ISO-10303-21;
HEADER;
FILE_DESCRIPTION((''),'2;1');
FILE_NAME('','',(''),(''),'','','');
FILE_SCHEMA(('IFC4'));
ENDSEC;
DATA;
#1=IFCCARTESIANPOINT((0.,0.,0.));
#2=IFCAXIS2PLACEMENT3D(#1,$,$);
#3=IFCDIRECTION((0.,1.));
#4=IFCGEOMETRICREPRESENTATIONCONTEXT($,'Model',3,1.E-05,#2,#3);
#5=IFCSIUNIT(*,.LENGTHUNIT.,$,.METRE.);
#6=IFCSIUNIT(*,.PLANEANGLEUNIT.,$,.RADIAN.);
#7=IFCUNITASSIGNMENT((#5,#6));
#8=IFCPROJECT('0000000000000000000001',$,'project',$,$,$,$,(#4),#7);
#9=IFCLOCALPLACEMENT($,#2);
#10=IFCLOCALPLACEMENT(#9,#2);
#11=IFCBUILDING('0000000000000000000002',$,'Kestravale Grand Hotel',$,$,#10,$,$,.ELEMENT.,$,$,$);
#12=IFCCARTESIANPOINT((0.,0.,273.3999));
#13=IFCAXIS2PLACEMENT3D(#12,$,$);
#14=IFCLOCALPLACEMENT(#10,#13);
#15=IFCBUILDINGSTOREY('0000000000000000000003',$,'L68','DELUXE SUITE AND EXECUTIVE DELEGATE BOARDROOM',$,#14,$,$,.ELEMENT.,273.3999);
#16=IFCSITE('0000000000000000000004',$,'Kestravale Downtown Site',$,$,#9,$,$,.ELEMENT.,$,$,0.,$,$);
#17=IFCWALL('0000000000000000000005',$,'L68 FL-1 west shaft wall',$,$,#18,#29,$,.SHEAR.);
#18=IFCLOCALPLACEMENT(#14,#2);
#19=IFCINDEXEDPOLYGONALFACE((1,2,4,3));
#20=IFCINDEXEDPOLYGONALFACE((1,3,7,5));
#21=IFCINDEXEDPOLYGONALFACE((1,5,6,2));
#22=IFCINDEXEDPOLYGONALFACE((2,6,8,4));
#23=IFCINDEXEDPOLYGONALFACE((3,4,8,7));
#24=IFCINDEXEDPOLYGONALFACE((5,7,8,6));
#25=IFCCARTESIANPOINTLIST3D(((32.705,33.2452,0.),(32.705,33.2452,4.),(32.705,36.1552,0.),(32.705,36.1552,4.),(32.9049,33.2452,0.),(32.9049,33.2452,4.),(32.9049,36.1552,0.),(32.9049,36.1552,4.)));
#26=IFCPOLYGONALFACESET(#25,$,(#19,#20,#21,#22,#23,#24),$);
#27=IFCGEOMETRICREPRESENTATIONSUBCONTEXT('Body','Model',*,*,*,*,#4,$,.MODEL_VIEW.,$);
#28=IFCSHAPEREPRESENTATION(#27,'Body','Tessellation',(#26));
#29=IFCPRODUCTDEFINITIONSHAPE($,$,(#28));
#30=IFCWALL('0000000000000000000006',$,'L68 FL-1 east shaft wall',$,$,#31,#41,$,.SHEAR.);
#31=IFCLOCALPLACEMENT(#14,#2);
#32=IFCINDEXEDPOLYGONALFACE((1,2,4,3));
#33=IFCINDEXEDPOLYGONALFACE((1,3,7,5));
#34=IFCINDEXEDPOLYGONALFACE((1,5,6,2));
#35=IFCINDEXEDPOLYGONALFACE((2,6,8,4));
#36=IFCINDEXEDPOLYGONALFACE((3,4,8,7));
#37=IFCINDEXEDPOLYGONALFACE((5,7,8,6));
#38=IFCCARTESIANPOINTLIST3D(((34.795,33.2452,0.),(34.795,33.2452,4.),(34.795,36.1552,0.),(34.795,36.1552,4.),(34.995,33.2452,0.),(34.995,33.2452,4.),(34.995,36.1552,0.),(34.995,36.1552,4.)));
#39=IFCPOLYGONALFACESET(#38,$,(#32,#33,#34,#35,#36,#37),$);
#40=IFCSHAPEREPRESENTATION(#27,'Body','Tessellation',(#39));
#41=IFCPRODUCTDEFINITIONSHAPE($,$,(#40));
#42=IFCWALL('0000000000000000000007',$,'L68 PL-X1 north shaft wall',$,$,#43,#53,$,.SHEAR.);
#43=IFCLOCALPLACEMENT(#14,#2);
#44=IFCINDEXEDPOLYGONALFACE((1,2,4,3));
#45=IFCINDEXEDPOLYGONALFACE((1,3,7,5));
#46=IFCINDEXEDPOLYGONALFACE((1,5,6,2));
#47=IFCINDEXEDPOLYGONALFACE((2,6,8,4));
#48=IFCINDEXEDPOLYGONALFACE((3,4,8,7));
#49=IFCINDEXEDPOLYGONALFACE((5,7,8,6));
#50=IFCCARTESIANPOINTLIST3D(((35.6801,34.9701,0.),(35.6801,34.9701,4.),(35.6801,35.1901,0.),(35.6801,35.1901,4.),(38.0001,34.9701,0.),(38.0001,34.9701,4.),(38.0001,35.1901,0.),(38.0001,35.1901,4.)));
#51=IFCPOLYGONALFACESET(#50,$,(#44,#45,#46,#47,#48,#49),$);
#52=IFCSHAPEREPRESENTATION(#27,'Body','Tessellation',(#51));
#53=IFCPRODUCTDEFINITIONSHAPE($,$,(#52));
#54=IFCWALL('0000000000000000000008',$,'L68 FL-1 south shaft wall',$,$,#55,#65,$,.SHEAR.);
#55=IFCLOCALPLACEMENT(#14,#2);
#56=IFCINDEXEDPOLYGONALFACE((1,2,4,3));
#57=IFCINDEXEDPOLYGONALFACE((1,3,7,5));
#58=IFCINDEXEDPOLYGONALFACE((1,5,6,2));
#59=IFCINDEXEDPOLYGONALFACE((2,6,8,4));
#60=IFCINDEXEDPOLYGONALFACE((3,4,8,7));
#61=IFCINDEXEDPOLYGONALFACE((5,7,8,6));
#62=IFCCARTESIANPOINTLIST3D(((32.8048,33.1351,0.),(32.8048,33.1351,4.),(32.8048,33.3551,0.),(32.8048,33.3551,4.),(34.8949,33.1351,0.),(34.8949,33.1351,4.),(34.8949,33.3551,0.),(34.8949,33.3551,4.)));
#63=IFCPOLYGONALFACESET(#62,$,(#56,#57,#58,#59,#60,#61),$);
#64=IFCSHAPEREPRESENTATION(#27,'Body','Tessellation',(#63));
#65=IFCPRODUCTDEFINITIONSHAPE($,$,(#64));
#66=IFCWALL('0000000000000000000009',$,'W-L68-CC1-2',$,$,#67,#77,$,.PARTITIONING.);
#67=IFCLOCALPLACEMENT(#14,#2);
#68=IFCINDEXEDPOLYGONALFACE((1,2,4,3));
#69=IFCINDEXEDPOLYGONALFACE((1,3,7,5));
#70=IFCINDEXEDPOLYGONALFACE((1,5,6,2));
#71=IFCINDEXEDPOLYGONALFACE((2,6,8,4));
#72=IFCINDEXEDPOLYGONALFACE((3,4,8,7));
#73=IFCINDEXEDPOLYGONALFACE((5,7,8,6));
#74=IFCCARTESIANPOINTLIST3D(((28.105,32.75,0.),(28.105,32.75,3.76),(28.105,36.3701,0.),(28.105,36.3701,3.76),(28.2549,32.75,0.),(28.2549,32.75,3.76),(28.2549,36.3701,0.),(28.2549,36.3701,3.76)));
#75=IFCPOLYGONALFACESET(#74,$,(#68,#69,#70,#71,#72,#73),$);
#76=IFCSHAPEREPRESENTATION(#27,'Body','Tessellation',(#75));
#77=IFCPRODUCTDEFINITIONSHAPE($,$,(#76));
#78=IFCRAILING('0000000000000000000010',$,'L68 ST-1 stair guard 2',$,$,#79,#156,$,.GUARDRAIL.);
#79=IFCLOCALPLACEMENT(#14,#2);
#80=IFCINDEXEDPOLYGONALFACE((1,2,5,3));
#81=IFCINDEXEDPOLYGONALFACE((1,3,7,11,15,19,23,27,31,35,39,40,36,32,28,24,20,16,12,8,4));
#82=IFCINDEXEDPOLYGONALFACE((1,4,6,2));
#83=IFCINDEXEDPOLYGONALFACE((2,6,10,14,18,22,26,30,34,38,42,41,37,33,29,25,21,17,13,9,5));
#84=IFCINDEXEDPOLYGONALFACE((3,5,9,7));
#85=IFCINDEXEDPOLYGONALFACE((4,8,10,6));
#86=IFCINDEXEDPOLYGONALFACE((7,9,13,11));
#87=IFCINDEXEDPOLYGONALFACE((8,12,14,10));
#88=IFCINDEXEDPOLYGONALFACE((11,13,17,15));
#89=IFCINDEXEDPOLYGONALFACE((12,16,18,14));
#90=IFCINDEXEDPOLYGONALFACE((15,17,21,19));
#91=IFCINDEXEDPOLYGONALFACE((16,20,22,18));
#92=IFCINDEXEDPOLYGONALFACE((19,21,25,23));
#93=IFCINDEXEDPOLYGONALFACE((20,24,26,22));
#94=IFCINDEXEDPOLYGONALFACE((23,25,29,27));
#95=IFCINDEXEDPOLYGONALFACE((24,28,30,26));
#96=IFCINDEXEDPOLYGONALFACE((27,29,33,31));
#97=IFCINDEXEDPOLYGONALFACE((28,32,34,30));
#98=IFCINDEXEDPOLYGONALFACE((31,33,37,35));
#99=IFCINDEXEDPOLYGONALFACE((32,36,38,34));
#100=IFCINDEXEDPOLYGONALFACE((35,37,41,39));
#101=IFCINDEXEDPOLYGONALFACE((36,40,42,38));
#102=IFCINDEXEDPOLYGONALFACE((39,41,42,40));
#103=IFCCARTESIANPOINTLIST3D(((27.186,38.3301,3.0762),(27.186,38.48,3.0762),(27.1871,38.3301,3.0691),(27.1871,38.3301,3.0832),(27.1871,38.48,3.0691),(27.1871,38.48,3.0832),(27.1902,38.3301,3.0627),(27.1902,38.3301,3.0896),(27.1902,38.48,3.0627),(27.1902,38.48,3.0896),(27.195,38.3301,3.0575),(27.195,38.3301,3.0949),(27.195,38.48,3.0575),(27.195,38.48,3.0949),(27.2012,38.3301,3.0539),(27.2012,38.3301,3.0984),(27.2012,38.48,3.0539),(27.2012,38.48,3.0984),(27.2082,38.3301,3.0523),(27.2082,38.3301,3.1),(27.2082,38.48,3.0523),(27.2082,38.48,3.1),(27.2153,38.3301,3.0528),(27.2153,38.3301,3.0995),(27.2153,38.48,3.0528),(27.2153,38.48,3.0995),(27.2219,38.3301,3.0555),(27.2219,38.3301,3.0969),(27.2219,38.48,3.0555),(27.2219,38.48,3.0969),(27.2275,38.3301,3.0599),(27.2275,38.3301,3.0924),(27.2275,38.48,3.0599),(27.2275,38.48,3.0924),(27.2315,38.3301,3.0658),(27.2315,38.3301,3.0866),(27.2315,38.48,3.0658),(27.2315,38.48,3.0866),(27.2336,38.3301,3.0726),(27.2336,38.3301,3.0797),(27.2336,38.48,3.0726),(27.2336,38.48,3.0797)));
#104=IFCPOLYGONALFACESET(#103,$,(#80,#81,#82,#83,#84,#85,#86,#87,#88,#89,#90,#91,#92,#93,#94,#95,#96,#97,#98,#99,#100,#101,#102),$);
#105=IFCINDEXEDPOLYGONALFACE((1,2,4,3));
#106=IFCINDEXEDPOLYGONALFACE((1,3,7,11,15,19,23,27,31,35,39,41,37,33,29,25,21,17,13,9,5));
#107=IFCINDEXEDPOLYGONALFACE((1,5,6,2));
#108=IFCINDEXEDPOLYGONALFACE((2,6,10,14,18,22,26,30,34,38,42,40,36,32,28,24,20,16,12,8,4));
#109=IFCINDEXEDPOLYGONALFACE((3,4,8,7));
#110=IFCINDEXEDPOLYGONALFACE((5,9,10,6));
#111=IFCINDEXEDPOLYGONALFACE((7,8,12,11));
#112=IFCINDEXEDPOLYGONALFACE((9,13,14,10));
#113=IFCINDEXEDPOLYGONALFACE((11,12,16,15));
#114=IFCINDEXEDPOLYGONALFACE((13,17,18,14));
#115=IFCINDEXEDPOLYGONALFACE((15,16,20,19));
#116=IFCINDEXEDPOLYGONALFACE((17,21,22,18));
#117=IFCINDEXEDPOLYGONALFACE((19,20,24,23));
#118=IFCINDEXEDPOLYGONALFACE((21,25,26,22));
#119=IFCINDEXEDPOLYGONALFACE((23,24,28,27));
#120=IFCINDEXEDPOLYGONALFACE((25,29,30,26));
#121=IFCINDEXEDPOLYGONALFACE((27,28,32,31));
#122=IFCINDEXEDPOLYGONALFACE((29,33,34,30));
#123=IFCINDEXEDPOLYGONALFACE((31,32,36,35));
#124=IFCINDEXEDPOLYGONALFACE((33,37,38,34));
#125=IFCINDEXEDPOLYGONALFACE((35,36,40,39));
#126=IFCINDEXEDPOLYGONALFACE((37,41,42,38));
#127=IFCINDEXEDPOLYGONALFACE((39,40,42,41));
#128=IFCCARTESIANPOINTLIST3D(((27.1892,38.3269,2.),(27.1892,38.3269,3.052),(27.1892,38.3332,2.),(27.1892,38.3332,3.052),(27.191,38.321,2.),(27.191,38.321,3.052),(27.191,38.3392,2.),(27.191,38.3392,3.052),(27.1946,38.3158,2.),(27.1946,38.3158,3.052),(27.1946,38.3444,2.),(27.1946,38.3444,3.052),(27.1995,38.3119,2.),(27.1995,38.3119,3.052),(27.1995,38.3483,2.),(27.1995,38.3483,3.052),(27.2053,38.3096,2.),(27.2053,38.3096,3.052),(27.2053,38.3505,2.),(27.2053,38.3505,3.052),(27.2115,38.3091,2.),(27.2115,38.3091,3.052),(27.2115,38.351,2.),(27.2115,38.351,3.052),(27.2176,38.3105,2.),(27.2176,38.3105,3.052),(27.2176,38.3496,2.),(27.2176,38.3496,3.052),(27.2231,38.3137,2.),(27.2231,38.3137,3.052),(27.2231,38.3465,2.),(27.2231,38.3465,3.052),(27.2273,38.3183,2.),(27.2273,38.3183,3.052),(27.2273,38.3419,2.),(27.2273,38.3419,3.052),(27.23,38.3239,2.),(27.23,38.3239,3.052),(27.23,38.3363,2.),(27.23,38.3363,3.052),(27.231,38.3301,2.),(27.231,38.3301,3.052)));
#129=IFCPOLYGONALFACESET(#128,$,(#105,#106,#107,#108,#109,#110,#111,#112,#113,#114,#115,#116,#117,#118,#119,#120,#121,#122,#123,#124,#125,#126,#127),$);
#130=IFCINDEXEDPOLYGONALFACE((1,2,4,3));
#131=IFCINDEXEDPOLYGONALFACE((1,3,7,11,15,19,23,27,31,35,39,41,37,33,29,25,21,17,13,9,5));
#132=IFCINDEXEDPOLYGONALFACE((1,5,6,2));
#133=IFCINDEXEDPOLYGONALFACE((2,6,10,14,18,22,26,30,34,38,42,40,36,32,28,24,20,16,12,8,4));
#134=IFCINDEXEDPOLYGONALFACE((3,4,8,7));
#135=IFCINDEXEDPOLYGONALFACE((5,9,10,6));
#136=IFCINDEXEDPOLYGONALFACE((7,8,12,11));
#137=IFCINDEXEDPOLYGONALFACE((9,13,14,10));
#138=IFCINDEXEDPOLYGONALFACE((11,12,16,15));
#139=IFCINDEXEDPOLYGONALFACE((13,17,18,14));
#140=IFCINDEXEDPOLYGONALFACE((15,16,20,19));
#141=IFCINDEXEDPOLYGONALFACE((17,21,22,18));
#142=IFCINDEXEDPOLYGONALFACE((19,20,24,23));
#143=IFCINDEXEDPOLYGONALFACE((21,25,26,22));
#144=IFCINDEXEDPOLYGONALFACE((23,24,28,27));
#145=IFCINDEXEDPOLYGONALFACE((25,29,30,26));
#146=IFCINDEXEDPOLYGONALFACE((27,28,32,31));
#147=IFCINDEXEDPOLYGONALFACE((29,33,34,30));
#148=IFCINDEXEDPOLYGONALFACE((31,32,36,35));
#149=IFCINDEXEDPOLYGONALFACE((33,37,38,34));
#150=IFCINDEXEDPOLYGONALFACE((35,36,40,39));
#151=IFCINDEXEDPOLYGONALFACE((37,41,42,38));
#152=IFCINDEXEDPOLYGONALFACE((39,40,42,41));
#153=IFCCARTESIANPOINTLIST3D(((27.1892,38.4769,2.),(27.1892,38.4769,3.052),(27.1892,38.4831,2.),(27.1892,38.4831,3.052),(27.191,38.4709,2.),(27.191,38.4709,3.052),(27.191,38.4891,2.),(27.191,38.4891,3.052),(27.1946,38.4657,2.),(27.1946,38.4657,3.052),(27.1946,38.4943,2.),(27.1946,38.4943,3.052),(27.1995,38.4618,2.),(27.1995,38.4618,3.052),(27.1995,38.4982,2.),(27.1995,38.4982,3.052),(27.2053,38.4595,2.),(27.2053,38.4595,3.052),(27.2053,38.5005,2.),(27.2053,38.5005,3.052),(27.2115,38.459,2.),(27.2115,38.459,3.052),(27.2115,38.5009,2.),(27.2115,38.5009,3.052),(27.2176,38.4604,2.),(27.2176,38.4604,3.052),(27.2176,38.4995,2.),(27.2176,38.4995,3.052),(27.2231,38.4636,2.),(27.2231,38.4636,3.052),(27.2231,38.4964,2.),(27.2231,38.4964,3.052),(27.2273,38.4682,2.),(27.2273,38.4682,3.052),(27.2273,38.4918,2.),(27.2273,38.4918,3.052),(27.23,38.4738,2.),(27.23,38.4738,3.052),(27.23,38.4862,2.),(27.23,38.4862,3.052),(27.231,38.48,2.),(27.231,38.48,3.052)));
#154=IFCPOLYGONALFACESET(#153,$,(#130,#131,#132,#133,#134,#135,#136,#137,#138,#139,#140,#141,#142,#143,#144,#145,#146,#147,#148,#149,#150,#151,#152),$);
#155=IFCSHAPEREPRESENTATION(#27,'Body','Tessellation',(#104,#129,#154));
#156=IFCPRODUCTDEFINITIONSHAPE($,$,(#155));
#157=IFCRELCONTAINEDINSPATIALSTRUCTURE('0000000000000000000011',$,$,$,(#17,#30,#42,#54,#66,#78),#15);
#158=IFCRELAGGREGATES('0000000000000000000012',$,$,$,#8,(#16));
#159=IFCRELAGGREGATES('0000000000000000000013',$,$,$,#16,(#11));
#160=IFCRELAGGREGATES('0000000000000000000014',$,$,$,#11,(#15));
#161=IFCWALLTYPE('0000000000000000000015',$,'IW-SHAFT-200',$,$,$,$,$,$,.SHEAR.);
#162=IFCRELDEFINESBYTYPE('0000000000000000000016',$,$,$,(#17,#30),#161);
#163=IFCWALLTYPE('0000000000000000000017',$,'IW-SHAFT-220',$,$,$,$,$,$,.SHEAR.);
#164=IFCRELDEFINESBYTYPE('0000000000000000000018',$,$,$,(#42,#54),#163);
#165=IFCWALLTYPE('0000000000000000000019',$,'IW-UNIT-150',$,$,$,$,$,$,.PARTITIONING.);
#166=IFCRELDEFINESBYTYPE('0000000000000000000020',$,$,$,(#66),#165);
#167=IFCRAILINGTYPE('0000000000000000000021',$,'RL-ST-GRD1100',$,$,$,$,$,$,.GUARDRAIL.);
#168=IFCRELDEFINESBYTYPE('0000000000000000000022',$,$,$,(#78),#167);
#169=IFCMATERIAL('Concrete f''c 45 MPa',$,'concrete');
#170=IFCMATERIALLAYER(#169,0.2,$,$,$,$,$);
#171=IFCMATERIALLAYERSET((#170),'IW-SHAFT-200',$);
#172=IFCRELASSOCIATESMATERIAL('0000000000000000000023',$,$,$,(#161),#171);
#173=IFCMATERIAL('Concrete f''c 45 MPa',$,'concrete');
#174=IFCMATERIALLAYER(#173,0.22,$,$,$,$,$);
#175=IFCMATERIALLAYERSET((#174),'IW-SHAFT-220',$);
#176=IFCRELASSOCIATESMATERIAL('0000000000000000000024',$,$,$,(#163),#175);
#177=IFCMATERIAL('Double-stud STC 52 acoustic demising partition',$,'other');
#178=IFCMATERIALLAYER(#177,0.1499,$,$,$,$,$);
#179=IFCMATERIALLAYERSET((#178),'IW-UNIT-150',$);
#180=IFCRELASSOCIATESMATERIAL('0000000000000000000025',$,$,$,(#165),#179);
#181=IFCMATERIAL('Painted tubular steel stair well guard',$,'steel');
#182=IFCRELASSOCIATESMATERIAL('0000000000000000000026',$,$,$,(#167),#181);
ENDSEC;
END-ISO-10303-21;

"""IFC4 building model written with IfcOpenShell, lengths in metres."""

from ifc_helpers import new_model, si_unit, direction, frame, frame_2d, origin, origin_2d, place, context, subcontext, project, spatial, rectangle, circle, extrude, material, layer, layer_set, type_object, element, save


model = new_model("IFC4")

# Units and contexts
model_context = context("Model", 3, precision=1e-05, world=origin(), true_north=direction((0.0, 1.0)))
body_context = subcontext(model_context, "Body", "Model", "MODEL_VIEW")
ifc_project = project(units=[si_unit("LENGTHUNIT", "METRE"), si_unit("PLANEANGLEUNIT", "RADIAN")], contexts=[model_context])

# Site, building, storey
site_placement = place(None, origin())
site = spatial("IfcSite", under=ifc_project, at=site_placement, Name="Kestravale Downtown Site", CompositionType="ELEMENT", RefElevation=0.0)
building_placement = place(site_placement, origin())
building = spatial("IfcBuilding", under=site, at=building_placement, Name="Kestravale Grand Hotel", CompositionType="ELEMENT")
storey_placement = place(building_placement, frame((0.0, 0.0, 273.3999)))
storey = spatial("IfcBuildingStorey", under=building, at=storey_placement, Name="L68", Description="DELUXE SUITE AND EXECUTIVE DELEGATE BOARDROOM", CompositionType="ELEMENT", Elevation=273.3999)

# Walls
ifc_material_1 = material(Name="Concrete f'c 45 MPa", Category="concrete")
ifc_layer_1 = layer(ifc_material_1, 0.2)
ifc_layer_set_1 = layer_set([ifc_layer_1], Name="IW-SHAFT-200")
wall_type_1 = type_object("IfcWallType", Name="IW-SHAFT-200", PredefinedType="SHEAR", material=ifc_layer_set_1)
for number, where, z_axis, x_axis, name in (
    (1, (32.8049, 33.2451, 0.0), (0.0, 0.0, 1.0), (0.0, 1.0, 0.0), "L68 FL-1 west shaft wall"),
    (2, (34.895, 33.2451, 0.0), (0.0, 0.0, 1.0), (0.0, 1.0, 0.0), "L68 FL-1 east shaft wall"),
):
    element("IfcWall", number, at=place(storey_placement, frame(where, z_axis=z_axis, x_axis=x_axis)), inside=storey, type_object=wall_type_1, Name=name, PredefinedType="SHEAR", context=body_context, shape_type="SweptSolid", body=[
        extrude(rectangle(XDim=2.9099, YDim=0.2, at=frame_2d((1.4551, 0.0))), origin(), (0.0, 0.0, 1.0), 4.0),
    ])
ifc_material_2 = material(Name="Concrete f'c 45 MPa", Category="concrete")
ifc_layer_2 = layer(ifc_material_2, 0.22)
ifc_layer_set_2 = layer_set([ifc_layer_2], Name="IW-SHAFT-220")
wall_type_2 = type_object("IfcWallType", Name="IW-SHAFT-220", PredefinedType="SHEAR", material=ifc_layer_set_2)
wall_1_placement = place(storey_placement, frame((35.6799, 35.0801, 0.0), z_axis=(0.0, 0.0, 1.0), x_axis=(1.0, 0.0, 0.0)))
element("IfcWall", 3, at=wall_1_placement, inside=storey, type_object=wall_type_2, Name="L68 PL-X1 north shaft wall", PredefinedType="SHEAR", context=body_context, shape_type="SweptSolid", body=[
    extrude(rectangle(XDim=2.3201, YDim=0.22, at=frame_2d((1.1602, 0.0))), origin(), (0.0, 0.0, 1.0), 4.0),
])

# Walls
wall_2_placement = place(storey_placement, frame((32.8049, 33.2451, 0.0), z_axis=(0.0, 0.0, 1.0), x_axis=(1.0, 0.0, 0.0)))
element("IfcWall", 4, at=wall_2_placement, inside=storey, type_object=wall_type_2, Name="L68 FL-1 south shaft wall", PredefinedType="SHEAR", context=body_context, shape_type="SweptSolid", body=[
    extrude(rectangle(XDim=2.0901, YDim=0.22, at=frame_2d((1.0449, 0.0))), origin(), (0.0, 0.0, 1.0), 4.0),
])
ifc_material_3 = material(Name="Double-stud STC 52 acoustic demising partition", Category="other")
ifc_layer_3 = layer(ifc_material_3, 0.1499)
ifc_layer_set_3 = layer_set([ifc_layer_3], Name="IW-UNIT-150")
wall_type_3 = type_object("IfcWallType", Name="IW-UNIT-150", PredefinedType="PARTITIONING", material=ifc_layer_set_3)
wall_3_placement = place(storey_placement, frame((28.1799, 32.75, 0.0), z_axis=(0.0, 0.0, 1.0), x_axis=(0.0, 1.0, 0.0)))
element("IfcWall", 5, at=wall_3_placement, inside=storey, type_object=wall_type_3, Name="W-L68-CC1-2", PredefinedType="PARTITIONING", context=body_context, shape_type="SweptSolid", body=[
    extrude(rectangle(XDim=3.6201, YDim=0.1499, at=frame_2d((1.8101, 0.0))), origin(), (0.0, 0.0, 1.0), 3.76),
])

# Railing
ifc_material_4 = material(Name="Painted tubular steel stair well guard", Category="steel")
railing_type = type_object("IfcRailingType", Name="RL-ST-GRD1100", PredefinedType="GUARDRAIL", material=ifc_material_4)
railing_placement = place(storey_placement, frame((27.21, 38.3301, 2.0)))
element("IfcRailing", 6, at=railing_placement, inside=storey, type_object=railing_type, Name="L68 ST-1 stair guard 2", PredefinedType="GUARDRAIL", context=body_context, shape_type="SweptSolid", body=[
    extrude(circle(Radius=0.0239, at=origin_2d()), frame((0.0, 0.0, 1.0762), z_axis=(0.0, 1.0, 0.0), x_axis=(-1.0, 0.0, 0.0)), (0.0, 0.0, 1.0), 0.1499),
    extrude(circle(Radius=0.021, at=origin_2d()), origin(), (0.0, 0.0, 1.0), 1.052),
    extrude(circle(Radius=0.021, at=origin_2d()), frame((0.0, 0.1499, 0.0)), (0.0, 0.0, 1.0), 1.052),
])

save(model, "model.ifc")
